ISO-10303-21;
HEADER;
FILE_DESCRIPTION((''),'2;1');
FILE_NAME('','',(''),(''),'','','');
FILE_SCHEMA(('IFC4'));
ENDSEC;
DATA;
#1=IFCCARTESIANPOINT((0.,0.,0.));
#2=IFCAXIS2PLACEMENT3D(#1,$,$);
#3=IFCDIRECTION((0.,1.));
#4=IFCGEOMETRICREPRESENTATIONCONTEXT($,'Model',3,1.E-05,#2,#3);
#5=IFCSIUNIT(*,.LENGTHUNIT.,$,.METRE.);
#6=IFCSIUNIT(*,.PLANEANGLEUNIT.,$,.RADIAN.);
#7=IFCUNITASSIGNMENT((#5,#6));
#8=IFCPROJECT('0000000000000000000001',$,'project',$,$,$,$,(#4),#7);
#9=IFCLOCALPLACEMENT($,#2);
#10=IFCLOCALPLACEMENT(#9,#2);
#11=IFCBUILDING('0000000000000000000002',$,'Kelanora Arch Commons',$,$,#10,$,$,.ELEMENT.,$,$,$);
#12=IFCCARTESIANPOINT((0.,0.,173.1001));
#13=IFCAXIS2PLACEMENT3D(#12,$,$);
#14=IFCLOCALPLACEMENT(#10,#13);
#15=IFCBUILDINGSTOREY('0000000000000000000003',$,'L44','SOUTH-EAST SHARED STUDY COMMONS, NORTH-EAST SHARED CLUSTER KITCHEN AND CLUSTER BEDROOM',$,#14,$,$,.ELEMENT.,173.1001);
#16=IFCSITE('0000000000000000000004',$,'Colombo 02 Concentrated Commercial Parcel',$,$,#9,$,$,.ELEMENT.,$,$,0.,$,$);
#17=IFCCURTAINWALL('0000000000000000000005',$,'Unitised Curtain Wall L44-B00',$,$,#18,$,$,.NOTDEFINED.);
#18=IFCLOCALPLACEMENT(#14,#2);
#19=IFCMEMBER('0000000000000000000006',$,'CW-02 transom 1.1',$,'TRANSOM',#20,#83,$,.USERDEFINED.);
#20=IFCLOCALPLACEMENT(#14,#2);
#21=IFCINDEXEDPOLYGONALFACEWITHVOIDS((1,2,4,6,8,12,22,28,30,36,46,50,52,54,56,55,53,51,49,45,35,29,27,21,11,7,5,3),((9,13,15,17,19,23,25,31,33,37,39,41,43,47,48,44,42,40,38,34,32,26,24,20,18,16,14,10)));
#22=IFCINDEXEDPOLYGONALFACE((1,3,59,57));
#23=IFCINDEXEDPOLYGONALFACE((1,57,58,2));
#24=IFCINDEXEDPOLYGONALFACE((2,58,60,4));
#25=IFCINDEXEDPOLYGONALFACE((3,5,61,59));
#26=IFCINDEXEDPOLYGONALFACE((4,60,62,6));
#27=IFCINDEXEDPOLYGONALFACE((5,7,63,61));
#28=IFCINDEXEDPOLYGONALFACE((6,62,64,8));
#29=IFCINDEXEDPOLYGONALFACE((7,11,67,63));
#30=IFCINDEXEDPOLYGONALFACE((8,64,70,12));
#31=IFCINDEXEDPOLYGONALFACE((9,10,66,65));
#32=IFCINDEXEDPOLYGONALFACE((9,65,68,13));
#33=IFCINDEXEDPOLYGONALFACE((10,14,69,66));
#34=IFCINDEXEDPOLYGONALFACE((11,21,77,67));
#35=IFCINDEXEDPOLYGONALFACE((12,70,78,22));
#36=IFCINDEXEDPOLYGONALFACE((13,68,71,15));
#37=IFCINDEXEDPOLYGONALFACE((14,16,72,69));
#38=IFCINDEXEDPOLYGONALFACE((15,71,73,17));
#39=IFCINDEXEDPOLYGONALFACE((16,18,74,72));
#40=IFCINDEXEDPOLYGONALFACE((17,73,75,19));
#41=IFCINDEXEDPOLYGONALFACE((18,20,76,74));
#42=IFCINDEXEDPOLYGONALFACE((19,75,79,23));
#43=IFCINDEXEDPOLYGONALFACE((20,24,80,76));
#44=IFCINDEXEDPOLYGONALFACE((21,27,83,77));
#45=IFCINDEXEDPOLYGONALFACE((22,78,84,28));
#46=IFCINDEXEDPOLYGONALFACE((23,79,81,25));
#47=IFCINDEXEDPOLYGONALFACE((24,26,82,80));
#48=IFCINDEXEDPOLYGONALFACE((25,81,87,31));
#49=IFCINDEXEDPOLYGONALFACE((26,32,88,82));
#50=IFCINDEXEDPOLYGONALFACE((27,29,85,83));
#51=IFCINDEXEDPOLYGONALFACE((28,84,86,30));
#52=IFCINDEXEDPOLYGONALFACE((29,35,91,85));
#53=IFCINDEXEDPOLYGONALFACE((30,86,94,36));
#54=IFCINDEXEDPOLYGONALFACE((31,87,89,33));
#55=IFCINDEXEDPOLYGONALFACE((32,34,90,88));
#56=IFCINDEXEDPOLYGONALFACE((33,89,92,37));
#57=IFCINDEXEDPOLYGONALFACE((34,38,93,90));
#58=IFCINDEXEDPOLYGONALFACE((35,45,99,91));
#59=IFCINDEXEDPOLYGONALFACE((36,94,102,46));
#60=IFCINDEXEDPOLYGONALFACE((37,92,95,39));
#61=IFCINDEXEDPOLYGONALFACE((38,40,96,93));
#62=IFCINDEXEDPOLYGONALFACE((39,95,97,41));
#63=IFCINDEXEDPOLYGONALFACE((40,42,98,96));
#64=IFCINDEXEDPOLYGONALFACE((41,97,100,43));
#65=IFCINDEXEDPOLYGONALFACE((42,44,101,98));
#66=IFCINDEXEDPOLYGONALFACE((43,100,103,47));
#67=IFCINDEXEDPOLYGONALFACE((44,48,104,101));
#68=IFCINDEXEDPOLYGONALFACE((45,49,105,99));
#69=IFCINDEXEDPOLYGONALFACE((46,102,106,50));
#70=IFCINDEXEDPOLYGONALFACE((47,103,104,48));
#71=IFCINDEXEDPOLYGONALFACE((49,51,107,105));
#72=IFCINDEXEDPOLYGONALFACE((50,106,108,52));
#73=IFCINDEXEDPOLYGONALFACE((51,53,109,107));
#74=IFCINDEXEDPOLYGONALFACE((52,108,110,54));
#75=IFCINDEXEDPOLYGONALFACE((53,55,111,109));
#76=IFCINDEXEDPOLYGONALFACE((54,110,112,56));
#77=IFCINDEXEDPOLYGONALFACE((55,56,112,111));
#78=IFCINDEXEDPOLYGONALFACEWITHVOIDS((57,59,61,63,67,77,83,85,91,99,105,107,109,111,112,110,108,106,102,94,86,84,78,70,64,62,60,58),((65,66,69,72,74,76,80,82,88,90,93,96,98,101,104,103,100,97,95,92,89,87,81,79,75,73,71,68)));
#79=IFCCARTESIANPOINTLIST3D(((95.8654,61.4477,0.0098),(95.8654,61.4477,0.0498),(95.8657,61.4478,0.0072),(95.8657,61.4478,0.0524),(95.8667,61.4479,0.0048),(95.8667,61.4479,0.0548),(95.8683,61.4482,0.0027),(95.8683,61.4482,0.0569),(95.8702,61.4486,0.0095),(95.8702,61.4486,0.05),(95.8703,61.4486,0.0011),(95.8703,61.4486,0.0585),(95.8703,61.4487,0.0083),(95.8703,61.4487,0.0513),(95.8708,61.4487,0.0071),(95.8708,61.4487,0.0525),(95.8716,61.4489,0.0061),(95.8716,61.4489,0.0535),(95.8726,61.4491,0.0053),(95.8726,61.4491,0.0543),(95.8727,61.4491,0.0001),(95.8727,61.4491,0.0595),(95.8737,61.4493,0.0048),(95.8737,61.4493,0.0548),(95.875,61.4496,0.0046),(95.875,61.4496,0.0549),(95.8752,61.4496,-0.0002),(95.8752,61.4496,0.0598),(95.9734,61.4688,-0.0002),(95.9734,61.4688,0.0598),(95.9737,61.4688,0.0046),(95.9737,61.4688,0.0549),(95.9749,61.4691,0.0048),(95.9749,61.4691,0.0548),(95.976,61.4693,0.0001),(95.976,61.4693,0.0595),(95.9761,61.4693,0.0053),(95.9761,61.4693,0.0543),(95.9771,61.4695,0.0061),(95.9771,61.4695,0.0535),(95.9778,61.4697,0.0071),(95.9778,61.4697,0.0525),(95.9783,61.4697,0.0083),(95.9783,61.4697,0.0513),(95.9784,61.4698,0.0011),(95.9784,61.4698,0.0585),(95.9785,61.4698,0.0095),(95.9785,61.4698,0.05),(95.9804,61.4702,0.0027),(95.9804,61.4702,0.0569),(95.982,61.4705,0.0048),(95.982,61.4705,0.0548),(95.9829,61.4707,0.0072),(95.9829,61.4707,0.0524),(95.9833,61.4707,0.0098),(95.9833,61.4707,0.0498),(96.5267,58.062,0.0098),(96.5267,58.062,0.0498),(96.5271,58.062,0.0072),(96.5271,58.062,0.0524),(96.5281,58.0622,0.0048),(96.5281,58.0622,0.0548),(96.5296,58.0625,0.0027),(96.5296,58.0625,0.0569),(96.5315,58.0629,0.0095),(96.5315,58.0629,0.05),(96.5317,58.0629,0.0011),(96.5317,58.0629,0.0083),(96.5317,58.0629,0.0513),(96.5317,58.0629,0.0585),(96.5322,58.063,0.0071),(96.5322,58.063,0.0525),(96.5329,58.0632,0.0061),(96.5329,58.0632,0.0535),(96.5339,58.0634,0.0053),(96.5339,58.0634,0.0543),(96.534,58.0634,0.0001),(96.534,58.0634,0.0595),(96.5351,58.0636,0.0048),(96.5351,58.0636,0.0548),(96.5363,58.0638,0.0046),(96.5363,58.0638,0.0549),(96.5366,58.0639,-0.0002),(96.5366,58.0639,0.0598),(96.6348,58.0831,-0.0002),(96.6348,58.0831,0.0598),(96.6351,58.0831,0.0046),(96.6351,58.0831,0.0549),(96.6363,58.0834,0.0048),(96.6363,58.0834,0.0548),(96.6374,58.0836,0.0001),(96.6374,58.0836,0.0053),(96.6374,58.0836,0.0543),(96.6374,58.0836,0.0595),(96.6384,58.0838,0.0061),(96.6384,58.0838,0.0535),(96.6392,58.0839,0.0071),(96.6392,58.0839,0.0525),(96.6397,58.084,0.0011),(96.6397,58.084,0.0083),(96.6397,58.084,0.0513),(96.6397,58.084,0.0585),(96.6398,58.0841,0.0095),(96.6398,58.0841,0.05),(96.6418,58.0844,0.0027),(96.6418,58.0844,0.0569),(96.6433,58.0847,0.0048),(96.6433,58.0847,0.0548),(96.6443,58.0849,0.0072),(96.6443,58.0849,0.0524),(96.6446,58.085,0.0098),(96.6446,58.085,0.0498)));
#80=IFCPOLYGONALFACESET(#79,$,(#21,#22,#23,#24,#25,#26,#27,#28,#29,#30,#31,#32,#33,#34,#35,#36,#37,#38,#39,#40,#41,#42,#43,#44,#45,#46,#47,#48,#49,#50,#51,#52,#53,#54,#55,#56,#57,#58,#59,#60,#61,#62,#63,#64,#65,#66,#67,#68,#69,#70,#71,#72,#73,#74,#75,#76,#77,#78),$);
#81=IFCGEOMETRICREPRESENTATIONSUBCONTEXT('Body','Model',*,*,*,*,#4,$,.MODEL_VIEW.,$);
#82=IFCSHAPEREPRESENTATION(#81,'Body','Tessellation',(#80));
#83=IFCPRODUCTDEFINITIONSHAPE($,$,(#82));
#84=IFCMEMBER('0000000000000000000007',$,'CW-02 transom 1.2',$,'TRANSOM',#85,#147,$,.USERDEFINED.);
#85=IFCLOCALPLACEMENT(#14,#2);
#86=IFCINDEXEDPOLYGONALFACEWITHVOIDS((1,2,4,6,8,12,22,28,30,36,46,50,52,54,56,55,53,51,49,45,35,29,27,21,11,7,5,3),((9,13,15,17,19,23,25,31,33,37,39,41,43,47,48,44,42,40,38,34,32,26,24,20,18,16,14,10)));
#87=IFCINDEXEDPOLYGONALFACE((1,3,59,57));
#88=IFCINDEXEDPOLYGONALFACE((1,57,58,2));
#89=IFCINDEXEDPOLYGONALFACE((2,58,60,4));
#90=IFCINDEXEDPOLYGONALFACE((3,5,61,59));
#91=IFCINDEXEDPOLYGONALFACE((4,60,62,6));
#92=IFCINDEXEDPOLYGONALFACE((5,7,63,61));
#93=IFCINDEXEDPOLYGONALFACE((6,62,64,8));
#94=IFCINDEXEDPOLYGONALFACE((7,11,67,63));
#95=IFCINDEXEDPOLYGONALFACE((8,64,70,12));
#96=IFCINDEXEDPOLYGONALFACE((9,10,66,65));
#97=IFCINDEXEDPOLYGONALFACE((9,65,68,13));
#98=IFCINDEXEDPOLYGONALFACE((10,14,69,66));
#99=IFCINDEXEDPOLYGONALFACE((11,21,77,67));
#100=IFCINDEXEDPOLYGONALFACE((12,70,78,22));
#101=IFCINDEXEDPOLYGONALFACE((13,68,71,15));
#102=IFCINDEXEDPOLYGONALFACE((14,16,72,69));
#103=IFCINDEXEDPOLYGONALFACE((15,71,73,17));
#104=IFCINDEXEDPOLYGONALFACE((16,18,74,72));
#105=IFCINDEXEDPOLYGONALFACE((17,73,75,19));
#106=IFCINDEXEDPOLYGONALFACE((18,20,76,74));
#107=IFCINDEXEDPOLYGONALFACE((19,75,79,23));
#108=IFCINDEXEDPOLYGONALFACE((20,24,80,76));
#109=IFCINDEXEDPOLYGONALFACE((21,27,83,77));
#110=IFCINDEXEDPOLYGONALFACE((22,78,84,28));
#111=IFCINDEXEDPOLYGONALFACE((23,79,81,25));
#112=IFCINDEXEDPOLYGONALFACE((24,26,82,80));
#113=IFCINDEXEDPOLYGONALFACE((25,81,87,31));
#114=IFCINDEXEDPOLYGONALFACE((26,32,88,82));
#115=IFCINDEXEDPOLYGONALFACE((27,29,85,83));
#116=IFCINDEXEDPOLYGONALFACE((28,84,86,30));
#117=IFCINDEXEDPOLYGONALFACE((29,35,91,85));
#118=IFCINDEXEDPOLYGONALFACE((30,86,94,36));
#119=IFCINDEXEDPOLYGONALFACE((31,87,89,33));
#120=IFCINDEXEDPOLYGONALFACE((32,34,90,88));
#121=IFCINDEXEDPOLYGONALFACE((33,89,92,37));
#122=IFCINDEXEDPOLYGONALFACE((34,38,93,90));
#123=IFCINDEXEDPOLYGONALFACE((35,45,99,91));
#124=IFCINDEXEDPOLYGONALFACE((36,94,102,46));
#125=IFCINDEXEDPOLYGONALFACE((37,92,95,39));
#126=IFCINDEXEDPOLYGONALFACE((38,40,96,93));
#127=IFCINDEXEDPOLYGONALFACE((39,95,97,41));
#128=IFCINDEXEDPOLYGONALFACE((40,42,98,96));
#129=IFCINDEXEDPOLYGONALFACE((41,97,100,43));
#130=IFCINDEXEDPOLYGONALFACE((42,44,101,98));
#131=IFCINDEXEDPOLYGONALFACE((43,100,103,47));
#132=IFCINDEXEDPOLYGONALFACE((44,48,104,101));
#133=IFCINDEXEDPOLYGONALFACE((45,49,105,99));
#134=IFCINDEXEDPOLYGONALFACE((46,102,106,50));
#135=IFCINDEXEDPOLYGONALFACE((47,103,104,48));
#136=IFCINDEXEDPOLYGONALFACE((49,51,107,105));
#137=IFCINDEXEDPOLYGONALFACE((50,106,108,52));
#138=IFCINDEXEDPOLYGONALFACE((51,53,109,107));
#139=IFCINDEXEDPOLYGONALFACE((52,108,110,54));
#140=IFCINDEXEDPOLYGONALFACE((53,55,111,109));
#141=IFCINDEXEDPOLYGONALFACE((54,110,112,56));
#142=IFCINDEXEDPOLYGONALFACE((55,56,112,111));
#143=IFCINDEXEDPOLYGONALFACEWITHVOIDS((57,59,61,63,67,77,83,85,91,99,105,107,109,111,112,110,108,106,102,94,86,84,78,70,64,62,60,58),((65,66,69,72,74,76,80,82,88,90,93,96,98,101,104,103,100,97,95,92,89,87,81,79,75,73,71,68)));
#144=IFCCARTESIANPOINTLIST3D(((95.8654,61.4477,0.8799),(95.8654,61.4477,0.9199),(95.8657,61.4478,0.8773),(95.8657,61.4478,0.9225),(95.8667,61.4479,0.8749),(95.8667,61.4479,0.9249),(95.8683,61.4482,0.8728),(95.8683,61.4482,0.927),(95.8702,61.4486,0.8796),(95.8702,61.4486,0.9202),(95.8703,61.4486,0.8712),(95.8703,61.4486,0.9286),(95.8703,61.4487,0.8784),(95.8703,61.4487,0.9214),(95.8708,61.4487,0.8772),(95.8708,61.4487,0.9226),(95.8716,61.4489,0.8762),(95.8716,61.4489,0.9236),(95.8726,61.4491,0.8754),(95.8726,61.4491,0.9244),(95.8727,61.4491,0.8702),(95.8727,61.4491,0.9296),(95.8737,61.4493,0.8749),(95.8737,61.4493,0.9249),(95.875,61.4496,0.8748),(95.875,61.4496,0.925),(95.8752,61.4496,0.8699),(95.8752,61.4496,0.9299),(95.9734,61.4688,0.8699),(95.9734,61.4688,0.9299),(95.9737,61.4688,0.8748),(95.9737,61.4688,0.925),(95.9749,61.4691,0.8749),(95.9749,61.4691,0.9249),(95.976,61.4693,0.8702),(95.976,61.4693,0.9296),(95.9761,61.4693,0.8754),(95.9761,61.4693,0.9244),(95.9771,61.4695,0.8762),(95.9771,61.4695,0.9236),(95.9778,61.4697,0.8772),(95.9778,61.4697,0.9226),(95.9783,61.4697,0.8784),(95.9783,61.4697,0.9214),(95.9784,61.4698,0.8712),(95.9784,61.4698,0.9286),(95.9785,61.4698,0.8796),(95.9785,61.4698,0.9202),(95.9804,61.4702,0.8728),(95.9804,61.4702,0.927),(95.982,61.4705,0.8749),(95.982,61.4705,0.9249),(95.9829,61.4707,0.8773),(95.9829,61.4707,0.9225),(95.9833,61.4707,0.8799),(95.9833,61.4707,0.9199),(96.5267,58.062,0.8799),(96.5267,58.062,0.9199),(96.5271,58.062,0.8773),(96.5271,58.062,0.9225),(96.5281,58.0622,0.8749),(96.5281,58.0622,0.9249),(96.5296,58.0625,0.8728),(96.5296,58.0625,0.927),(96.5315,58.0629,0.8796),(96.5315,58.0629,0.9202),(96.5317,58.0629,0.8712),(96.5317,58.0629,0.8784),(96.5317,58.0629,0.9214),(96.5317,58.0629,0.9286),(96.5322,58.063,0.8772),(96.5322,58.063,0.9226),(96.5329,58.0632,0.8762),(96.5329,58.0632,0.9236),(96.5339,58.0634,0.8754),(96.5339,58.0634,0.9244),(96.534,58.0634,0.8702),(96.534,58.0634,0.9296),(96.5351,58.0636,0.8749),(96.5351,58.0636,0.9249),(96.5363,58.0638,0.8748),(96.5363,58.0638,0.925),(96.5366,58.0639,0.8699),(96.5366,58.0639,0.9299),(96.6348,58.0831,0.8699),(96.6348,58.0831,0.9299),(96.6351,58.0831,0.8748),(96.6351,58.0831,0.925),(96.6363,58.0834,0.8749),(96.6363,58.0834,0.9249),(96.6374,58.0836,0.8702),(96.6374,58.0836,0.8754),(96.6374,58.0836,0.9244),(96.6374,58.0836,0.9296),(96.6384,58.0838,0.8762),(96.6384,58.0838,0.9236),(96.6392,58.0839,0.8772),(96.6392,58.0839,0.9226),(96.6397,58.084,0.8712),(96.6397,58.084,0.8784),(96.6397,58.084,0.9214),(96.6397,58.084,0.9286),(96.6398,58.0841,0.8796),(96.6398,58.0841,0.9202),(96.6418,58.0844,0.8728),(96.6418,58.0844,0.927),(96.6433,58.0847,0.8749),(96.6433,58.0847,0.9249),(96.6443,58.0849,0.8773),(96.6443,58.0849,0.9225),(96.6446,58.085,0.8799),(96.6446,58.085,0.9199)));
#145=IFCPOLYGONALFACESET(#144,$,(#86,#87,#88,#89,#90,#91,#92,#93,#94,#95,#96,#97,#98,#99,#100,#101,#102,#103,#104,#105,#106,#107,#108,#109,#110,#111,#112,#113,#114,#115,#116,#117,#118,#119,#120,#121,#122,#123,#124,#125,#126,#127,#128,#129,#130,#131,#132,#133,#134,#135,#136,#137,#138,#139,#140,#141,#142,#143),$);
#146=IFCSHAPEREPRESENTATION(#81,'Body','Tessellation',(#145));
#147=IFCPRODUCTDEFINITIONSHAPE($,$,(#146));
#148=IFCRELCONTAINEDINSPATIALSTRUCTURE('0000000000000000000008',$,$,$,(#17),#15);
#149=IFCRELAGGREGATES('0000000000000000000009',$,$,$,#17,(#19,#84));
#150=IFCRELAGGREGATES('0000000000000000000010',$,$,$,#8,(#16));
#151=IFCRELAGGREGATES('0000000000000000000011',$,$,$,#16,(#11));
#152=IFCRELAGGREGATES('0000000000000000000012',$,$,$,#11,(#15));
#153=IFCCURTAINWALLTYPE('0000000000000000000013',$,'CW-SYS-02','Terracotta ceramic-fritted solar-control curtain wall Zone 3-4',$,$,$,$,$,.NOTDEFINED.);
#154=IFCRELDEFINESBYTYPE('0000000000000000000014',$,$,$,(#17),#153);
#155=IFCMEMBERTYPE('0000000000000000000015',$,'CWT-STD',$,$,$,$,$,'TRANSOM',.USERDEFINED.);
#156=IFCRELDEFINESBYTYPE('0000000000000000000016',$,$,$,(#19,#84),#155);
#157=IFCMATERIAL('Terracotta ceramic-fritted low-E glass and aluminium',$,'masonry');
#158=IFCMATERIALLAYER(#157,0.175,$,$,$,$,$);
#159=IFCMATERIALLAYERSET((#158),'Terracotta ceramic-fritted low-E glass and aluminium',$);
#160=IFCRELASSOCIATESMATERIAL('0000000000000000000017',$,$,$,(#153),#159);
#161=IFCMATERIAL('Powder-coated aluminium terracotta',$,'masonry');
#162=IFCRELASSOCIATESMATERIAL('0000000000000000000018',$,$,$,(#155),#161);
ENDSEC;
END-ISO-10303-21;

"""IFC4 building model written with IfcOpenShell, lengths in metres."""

from ifc_helpers import new_model, si_unit, direction, frame, origin, origin_2d, place, context, subcontext, project, spatial, hollow_rectangle, extrude, material, layer, layer_set, material_profile, profile_set, type_object, element, aggregate, save


model = new_model("IFC4")

# Units and contexts
model_context = context("Model", 3, precision=1e-05, world=origin(), true_north=direction((0.0, 1.0)))
body_context = subcontext(model_context, "Body", "Model", "MODEL_VIEW")
ifc_project = project(units=[si_unit("LENGTHUNIT", "METRE"), si_unit("PLANEANGLEUNIT", "RADIAN")], contexts=[model_context])

# Site, building, storey
site_placement = place(None, origin())
site = spatial("IfcSite", under=ifc_project, at=site_placement, Name="Colombo 02 Concentrated Commercial Parcel", CompositionType="ELEMENT", RefElevation=0.0)
building_placement = place(site_placement, origin())
building = spatial("IfcBuilding", under=site, at=building_placement, Name="Kelanora Arch Commons", CompositionType="ELEMENT")
storey_placement = place(building_placement, frame((0.0, 0.0, 173.1001)))
storey = spatial("IfcBuildingStorey", under=building, at=storey_placement, Name="L44", Description="SOUTH-EAST SHARED STUDY COMMONS, NORTH-EAST SHARED CLUSTER KITCHEN AND CLUSTER BEDROOM", CompositionType="ELEMENT", Elevation=173.1001)

# Curtain wall, members
ifc_material_1 = material(Name="Terracotta ceramic-fritted low-E glass and aluminium", Category="masonry")
ifc_layer_1 = layer(ifc_material_1, 0.175)
ifc_layer_set_1 = layer_set([ifc_layer_1], Name="Terracotta ceramic-fritted low-E glass and aluminium")
curtain_wall_type = type_object("IfcCurtainWallType", Name="CW-SYS-02", Description="Terracotta ceramic-fritted solar-control curtain wall Zone 3-4", PredefinedType="NOTDEFINED", material=ifc_layer_set_1)
curtain_wall_placement = place(storey_placement, origin())
curtain_wall = element("IfcCurtainWall", 1, at=curtain_wall_placement, inside=storey, type_object=curtain_wall_type, Name="Unitised Curtain Wall L44-B00", PredefinedType="NOTDEFINED")
ifc_material_2 = material(Name="Powder-coated aluminium terracotta", Category="masonry")
ifc_material_profile_1 = material_profile(ifc_material_2, hollow_rectangle(XDim=0.1201, YDim=0.0601, WallThickness=0.0049, InnerFilletRadius=0.0049, OuterFilletRadius=0.01, at=origin_2d()), Name="CWT120x60")
ifc_profile_set_1 = profile_set([ifc_material_profile_1], Name="Powder-coated aluminium terracotta")
member_type_1 = type_object("IfcMemberType", Name="CWT-STD", ElementType="TRANSOM", PredefinedType="USERDEFINED", material=ifc_profile_set_1)
member_1_placement = place(storey_placement, frame((96.5857, 58.0735, 0.0298), z_axis=(-0.191718, 0.98145, 0.0), x_axis=(-0.98145, -0.191718, 0.0)))
member_1 = element("IfcMember", 2, at=member_1_placement, type_object=member_type_1, Name="CW-02 transom 1.1", ObjectType="TRANSOM", PredefinedType="USERDEFINED", context=body_context, shape_type="SweptSolid", body=[
    extrude(hollow_rectangle(XDim=0.1201, YDim=0.0601, WallThickness=0.0049, InnerFilletRadius=0.0049, OuterFilletRadius=0.01, at=origin_2d()), origin(), (0.0, 0.0, 1.0), 3.4497),
])
member_2_placement = place(storey_placement, frame((96.5857, 58.0735, 0.8999), z_axis=(-0.191718, 0.98145, 0.0), x_axis=(-0.98145, -0.191718, 0.0)))
member_2 = element("IfcMember", 3, at=member_2_placement, type_object=member_type_1, Name="CW-02 transom 1.2", ObjectType="TRANSOM", PredefinedType="USERDEFINED", context=body_context, shape_type="SweptSolid", body=[
    extrude(hollow_rectangle(XDim=0.1201, YDim=0.0601, WallThickness=0.0049, InnerFilletRadius=0.0049, OuterFilletRadius=0.01, at=origin_2d()), origin(), (0.0, 0.0, 1.0), 3.4497),
])
aggregate(curtain_wall, [member_1, member_2])

save(model, "model.ifc")
